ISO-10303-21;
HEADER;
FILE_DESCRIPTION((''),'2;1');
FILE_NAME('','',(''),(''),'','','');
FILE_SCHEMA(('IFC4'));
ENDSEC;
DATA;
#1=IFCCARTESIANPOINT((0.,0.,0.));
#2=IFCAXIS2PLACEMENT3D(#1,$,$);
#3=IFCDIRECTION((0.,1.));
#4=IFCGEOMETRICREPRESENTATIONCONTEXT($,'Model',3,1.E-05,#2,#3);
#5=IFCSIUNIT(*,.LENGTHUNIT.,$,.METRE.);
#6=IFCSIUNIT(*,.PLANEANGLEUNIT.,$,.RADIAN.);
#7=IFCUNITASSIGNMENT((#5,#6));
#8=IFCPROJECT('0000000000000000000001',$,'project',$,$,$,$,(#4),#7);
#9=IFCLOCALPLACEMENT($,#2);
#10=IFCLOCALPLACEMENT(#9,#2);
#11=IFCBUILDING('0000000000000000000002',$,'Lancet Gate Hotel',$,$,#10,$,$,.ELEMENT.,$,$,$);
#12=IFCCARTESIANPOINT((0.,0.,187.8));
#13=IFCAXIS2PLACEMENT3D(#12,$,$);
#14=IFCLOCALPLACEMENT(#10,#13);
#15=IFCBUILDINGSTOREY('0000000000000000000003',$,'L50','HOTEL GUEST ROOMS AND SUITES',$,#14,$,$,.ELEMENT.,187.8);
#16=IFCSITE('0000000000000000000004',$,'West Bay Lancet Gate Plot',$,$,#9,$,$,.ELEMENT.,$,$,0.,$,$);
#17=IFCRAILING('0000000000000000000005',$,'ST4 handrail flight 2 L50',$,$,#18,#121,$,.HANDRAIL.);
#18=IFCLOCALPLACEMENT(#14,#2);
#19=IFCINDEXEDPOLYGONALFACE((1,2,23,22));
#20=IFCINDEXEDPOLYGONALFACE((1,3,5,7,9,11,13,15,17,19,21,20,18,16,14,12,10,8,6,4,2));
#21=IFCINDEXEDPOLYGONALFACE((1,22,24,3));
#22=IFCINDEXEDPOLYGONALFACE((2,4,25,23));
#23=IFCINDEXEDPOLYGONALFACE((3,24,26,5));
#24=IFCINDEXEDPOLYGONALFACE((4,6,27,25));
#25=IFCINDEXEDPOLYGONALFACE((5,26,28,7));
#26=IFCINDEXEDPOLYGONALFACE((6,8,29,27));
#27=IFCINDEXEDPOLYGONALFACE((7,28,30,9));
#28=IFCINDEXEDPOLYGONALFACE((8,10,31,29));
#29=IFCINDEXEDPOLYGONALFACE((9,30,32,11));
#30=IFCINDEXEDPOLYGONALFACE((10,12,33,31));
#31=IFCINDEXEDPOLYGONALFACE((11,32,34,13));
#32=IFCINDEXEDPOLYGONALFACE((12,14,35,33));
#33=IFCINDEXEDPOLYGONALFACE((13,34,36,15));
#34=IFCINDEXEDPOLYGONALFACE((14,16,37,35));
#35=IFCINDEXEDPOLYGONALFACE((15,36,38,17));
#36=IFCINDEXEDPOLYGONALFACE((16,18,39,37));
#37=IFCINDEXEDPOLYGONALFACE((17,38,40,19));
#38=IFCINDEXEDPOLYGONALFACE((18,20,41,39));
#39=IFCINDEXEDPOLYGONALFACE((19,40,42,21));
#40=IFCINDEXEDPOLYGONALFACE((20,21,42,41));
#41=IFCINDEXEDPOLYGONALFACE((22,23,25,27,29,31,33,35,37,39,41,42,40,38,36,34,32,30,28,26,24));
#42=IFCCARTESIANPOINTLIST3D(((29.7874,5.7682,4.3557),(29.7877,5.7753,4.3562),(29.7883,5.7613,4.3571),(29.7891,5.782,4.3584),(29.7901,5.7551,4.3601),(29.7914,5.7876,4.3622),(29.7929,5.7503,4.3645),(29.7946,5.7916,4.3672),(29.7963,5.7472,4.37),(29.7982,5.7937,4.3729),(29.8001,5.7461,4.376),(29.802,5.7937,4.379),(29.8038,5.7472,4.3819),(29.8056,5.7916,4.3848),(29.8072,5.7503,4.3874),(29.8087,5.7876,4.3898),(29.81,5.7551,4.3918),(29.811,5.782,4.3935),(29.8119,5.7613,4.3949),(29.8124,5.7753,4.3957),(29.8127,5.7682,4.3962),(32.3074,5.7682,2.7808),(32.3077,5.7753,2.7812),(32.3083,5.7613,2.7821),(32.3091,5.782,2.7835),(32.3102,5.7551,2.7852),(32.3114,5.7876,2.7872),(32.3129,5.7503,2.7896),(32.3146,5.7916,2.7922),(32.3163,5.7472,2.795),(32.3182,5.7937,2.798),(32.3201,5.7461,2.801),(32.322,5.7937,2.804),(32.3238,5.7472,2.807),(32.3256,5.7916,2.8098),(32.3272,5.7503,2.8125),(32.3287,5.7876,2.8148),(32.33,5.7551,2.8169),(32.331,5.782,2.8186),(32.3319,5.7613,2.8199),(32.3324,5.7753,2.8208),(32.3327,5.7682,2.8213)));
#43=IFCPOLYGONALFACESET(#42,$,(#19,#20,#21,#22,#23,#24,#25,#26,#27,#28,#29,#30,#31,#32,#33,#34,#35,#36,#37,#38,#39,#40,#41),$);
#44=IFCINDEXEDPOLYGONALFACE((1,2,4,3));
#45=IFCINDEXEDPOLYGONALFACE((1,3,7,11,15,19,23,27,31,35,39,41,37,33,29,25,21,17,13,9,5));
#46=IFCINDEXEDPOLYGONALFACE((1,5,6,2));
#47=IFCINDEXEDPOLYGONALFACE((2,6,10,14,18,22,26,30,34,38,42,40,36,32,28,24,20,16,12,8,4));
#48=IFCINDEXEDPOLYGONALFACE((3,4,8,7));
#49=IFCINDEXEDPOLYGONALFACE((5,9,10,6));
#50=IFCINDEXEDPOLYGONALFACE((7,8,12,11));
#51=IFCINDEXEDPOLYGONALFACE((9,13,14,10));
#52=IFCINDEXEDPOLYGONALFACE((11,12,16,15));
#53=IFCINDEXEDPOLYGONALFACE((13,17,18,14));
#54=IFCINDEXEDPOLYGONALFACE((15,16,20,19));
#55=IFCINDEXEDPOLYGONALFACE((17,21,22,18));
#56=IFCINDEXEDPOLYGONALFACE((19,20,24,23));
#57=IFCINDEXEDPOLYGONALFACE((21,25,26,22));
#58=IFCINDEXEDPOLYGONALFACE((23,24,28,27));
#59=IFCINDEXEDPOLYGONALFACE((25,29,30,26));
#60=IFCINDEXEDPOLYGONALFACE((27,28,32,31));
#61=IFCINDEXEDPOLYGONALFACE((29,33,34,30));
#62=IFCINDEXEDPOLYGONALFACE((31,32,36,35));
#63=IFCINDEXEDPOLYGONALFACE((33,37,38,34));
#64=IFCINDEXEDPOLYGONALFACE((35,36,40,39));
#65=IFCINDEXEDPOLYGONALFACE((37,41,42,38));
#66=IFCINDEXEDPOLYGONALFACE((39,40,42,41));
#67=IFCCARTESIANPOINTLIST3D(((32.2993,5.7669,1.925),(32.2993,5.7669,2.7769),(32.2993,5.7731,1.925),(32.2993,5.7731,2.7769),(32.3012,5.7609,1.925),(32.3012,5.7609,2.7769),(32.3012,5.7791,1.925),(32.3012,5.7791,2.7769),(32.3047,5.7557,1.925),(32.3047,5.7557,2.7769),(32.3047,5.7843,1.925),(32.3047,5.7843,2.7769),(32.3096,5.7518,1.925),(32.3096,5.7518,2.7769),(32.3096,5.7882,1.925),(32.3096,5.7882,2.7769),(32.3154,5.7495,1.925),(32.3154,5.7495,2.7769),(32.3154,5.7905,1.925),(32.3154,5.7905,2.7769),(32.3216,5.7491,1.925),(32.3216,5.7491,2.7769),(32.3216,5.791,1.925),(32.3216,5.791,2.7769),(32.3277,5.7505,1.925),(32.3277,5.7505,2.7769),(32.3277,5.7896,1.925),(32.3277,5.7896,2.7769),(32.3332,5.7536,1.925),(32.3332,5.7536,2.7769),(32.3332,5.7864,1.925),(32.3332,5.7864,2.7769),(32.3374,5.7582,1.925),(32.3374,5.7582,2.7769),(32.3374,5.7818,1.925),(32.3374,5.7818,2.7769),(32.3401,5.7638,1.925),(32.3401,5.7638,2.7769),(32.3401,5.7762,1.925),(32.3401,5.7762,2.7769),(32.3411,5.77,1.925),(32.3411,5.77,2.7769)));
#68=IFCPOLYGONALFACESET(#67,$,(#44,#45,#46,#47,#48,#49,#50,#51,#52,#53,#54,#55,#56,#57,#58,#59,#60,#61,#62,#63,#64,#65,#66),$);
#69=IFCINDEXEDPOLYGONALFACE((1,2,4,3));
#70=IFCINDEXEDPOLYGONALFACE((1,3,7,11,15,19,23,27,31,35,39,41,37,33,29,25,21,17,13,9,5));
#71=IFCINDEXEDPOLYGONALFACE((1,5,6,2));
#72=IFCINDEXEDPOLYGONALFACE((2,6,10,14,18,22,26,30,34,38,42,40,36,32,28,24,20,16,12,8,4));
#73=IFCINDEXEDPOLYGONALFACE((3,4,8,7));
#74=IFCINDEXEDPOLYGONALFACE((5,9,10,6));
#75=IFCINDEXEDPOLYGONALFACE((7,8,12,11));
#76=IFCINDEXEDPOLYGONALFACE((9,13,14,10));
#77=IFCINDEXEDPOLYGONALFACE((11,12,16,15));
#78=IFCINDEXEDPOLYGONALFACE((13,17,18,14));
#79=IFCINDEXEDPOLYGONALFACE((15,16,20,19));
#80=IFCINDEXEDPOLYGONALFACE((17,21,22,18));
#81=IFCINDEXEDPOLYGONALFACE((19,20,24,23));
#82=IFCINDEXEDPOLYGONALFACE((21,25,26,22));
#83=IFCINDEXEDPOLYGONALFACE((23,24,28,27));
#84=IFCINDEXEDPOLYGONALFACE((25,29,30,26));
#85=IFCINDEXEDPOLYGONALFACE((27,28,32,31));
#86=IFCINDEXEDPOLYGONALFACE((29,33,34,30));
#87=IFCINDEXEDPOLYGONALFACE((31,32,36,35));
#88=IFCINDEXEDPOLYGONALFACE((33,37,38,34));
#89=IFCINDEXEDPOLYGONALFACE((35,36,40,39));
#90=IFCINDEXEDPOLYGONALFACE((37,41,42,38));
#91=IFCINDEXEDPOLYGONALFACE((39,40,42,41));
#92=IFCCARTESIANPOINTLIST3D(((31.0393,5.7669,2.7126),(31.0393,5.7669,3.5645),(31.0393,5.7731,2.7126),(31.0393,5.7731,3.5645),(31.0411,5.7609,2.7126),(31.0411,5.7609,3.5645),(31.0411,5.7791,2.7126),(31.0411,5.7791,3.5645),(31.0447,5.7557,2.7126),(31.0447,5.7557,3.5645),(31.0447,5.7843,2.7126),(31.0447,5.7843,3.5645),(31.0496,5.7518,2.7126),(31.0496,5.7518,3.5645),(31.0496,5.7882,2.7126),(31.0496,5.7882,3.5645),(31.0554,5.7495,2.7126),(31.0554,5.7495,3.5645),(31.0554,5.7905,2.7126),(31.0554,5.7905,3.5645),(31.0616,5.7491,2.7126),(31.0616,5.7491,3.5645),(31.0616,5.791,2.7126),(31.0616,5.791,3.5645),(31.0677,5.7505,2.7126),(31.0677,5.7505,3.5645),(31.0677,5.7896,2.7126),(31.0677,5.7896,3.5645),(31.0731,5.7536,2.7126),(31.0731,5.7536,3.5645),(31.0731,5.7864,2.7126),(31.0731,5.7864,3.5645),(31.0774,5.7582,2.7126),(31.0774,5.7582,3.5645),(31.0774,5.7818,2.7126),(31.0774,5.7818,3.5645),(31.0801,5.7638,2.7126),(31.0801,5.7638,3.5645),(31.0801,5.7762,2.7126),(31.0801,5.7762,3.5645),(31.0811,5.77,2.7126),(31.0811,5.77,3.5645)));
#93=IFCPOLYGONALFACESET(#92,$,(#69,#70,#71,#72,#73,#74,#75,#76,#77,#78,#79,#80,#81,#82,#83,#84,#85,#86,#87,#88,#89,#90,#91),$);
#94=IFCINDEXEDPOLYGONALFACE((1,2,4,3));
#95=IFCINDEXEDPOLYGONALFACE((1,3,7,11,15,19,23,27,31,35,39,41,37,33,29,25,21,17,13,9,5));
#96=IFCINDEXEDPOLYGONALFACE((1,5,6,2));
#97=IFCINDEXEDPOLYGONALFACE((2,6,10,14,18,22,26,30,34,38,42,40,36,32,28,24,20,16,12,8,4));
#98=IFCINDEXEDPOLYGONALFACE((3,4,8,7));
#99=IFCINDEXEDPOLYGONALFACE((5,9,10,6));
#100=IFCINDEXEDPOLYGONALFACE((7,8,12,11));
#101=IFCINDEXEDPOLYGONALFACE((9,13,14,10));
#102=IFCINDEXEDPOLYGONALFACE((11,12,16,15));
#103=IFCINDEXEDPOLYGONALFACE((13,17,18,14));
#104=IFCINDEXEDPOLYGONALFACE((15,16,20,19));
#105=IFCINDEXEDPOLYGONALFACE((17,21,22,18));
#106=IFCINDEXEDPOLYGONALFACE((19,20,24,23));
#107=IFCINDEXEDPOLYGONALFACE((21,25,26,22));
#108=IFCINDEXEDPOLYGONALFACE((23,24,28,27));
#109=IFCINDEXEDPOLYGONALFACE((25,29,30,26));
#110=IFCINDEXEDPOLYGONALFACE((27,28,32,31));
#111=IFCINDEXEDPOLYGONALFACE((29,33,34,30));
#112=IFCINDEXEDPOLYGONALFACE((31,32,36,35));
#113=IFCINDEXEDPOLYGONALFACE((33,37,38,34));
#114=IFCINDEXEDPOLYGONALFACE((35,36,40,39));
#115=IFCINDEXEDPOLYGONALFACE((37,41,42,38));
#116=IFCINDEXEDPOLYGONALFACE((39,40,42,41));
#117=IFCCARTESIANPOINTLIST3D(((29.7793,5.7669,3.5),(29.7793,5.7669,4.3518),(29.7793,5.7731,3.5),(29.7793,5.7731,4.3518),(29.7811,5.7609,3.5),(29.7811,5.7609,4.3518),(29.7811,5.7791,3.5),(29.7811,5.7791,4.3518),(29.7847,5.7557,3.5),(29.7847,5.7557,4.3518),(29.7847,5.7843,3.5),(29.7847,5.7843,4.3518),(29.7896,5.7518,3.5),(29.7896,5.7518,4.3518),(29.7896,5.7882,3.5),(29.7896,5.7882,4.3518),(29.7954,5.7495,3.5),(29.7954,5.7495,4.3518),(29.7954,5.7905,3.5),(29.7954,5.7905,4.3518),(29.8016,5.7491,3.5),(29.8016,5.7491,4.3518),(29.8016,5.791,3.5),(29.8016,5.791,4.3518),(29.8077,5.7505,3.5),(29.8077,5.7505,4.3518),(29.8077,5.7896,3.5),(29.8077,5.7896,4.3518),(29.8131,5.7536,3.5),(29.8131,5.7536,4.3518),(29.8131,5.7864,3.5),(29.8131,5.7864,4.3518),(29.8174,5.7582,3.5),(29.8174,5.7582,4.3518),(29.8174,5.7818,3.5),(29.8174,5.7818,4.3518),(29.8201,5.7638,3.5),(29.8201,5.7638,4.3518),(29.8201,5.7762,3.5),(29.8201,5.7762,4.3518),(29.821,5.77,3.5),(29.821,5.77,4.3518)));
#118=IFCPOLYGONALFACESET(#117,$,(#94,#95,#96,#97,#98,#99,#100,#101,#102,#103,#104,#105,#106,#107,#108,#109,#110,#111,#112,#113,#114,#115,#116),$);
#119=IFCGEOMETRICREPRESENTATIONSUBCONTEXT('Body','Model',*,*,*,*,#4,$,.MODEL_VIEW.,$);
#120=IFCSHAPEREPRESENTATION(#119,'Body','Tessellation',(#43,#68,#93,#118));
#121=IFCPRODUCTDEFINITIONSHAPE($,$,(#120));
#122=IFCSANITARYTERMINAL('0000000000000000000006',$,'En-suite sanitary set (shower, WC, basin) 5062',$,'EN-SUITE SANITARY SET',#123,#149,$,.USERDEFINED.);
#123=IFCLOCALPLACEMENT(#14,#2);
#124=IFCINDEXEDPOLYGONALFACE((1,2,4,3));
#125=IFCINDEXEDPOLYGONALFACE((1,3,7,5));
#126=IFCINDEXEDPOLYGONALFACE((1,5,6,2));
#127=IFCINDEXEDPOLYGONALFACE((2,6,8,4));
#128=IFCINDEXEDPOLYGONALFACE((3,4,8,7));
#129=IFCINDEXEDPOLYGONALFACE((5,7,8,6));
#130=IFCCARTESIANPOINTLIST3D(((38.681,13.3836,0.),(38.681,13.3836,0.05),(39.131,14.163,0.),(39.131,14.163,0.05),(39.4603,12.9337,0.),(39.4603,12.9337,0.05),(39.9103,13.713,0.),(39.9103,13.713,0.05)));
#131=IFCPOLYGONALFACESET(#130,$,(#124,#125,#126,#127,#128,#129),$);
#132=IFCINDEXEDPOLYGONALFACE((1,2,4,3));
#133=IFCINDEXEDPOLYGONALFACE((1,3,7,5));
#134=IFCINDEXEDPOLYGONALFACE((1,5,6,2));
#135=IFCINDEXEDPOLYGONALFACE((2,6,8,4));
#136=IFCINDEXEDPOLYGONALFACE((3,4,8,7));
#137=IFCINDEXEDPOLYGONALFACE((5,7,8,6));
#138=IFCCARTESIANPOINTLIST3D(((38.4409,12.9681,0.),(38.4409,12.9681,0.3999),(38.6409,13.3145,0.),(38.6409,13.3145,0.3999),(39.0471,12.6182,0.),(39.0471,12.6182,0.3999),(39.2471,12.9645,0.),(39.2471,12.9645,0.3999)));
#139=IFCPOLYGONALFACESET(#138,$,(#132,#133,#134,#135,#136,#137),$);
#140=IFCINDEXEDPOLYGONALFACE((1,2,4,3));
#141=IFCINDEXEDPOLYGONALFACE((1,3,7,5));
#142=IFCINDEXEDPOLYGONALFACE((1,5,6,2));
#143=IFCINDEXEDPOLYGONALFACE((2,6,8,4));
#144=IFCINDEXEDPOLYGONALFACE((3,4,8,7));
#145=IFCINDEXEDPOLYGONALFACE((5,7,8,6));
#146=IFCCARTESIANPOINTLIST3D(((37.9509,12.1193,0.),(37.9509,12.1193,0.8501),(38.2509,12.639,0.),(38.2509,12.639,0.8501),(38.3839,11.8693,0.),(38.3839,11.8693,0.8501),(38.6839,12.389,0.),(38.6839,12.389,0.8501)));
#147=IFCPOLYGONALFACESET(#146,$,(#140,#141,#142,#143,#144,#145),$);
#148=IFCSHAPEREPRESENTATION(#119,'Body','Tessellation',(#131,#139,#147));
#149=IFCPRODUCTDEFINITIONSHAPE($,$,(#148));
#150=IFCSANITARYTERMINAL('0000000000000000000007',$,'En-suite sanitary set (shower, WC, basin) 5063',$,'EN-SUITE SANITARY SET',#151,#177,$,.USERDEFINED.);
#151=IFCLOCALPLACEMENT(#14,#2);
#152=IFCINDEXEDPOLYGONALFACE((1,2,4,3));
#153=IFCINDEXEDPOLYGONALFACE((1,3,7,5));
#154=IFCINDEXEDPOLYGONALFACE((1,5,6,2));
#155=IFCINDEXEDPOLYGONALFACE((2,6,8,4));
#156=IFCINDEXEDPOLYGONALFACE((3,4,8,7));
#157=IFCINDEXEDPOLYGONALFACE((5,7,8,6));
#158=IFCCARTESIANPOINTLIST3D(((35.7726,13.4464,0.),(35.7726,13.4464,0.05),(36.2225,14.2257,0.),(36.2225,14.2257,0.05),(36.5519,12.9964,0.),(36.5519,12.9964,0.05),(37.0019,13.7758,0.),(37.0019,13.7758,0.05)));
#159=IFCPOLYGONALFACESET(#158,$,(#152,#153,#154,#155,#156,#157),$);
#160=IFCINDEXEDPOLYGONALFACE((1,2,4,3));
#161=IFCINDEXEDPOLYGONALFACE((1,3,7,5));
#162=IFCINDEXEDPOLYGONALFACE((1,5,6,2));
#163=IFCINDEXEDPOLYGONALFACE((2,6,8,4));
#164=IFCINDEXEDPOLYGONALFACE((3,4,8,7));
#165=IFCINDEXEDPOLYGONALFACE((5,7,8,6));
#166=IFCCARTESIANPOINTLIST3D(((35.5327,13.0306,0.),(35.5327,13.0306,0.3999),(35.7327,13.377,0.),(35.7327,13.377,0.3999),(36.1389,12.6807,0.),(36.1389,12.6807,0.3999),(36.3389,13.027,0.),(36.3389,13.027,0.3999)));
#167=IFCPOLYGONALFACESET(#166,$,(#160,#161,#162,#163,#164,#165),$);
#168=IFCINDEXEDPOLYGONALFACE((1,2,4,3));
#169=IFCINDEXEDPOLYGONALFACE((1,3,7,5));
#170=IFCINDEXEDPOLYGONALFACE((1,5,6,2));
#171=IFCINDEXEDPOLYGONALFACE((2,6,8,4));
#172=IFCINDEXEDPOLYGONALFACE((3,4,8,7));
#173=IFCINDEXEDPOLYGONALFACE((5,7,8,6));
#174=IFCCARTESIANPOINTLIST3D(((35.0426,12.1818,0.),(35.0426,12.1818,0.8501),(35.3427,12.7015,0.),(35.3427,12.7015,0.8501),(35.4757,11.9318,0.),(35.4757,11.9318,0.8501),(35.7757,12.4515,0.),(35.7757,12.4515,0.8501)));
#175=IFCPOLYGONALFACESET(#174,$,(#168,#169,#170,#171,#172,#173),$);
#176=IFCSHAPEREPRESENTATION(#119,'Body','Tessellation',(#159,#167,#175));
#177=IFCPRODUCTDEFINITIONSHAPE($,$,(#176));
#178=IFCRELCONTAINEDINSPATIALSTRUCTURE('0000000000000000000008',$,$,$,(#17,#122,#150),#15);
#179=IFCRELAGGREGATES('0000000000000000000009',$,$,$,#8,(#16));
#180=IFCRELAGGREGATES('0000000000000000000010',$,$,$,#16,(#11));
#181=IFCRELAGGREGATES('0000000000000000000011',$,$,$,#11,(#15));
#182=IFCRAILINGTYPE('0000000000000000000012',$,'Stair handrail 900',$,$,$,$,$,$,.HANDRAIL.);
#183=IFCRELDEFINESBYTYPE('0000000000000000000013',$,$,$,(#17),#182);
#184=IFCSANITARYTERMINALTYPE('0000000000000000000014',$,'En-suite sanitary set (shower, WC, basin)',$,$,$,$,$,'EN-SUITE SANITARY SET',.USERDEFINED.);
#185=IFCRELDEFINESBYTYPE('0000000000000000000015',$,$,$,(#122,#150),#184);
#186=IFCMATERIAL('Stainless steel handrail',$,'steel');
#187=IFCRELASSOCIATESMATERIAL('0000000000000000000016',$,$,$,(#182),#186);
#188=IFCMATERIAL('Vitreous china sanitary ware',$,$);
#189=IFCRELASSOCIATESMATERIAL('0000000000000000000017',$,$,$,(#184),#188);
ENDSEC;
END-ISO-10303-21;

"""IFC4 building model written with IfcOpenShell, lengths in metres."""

from ifc_helpers import new_model, si_unit, direction, frame, origin, origin_2d, place, context, subcontext, project, spatial, rectangle, circle, extrude, material, type_object, element, save


model = new_model("IFC4")

# Units and contexts
model_context = context("Model", 3, precision=1e-05, world=origin(), true_north=direction((0.0, 1.0)))
body_context = subcontext(model_context, "Body", "Model", "MODEL_VIEW")
ifc_project = project(units=[si_unit("LENGTHUNIT", "METRE"), si_unit("PLANEANGLEUNIT", "RADIAN")], contexts=[model_context])

# Site, building, storey
site_placement = place(None, origin())
site = spatial("IfcSite", under=ifc_project, at=site_placement, Name="West Bay Lancet Gate Plot", CompositionType="ELEMENT", RefElevation=0.0)
building_placement = place(site_placement, origin())
building = spatial("IfcBuilding", under=site, at=building_placement, Name="Lancet Gate Hotel", CompositionType="ELEMENT")
storey_placement = place(building_placement, frame((0.0, 0.0, 187.8)))
storey = spatial("IfcBuildingStorey", under=building, at=storey_placement, Name="L50", Description="HOTEL GUEST ROOMS AND SUITES", CompositionType="ELEMENT", Elevation=187.8)

# Railing
ifc_material_1 = material(Name="Stainless steel handrail", Category="steel")
railing_type = type_object("IfcRailingType", Name="Stair handrail 900", PredefinedType="HANDRAIL", material=ifc_material_1)
railing_placement = place(storey_placement, frame((32.3201, 5.77, 1.925)))
element("IfcRailing", 1, at=railing_placement, inside=storey, type_object=railing_type, Name="ST4 handrail flight 2 L50", PredefinedType="HANDRAIL", context=body_context, shape_type="SweptSolid", body=[
    extrude(circle(Radius=0.0239, at=origin_2d()), frame((0.0, 0.0, 0.876), z_axis=(-0.848008, 0.0, 0.529984), x_axis=(0.0, -1.0, 0.0)), (0.0, 0.0, 1.0), 2.9717),
    extrude(circle(Radius=0.021, at=origin_2d()), origin(), (0.0, 0.0, 1.0), 0.8518),
    extrude(circle(Radius=0.021, at=origin_2d()), frame((-1.26, 0.0, 0.7876)), (0.0, 0.0, 1.0), 0.8518),
    extrude(circle(Radius=0.021, at=origin_2d()), frame((-2.52, 0.0, 1.575)), (0.0, 0.0, 1.0), 0.8518),
])

# Sanitary terminals
ifc_material_2 = material(Name="Vitreous china sanitary ware")
sanitary_terminal_type = type_object("IfcSanitaryTerminalType", Name="En-suite sanitary set (shower, WC, basin)", ElementType="EN-SUITE SANITARY SET", PredefinedType="USERDEFINED", material=ifc_material_2)
sanitary_terminal_1_placement = place(storey_placement, frame((39.2957, 13.5483, 0.0), z_axis=(0.0, 0.0, 1.0), x_axis=(1.0, 0.0, 0.0)))
element("IfcSanitaryTerminal", 2, at=sanitary_terminal_1_placement, inside=storey, type_object=sanitary_terminal_type, Name="En-suite sanitary set (shower, WC, basin) 5062", ObjectType="EN-SUITE SANITARY SET", PredefinedType="USERDEFINED", context=body_context, shape_type="SweptSolid", body=[
    extrude(rectangle(XDim=0.8999, YDim=0.8999, at=origin_2d()), frame((0.0, 0.0, 0.0), z_axis=(0.0, 0.0, 1.0), x_axis=(0.5, 0.866025, 0.0)), (0.0, 0.0, 1.0), 0.05),
    extrude(rectangle(XDim=0.3999, YDim=0.7, at=origin_2d()), frame((-0.4517, -0.582, 0.0), z_axis=(0.0, 0.0, 1.0), x_axis=(0.5, 0.866025, 0.0)), (0.0, 0.0, 1.0), 0.3999),
    extrude(rectangle(XDim=0.6001, YDim=0.5, at=origin_2d()), frame((-0.9783, -1.2942, 0.0), z_axis=(0.0, 0.0, 1.0), x_axis=(0.5, 0.866025, 0.0)), (0.0, 0.0, 1.0), 0.8501),
])
sanitary_terminal_2_placement = place(storey_placement, frame((36.3872, 13.6111, 0.0), z_axis=(0.0, 0.0, 1.0), x_axis=(1.0, 0.0, 0.0)))
element("IfcSanitaryTerminal", 3, at=sanitary_terminal_2_placement, inside=storey, type_object=sanitary_terminal_type, Name="En-suite sanitary set (shower, WC, basin) 5063", ObjectType="EN-SUITE SANITARY SET", PredefinedType="USERDEFINED", context=body_context, shape_type="SweptSolid", body=[
    extrude(rectangle(XDim=0.8999, YDim=0.8999, at=origin_2d()), frame((0.0, 0.0, 0.0), z_axis=(0.0, 0.0, 1.0), x_axis=(0.5, 0.866025, 0.0)), (0.0, 0.0, 1.0), 0.05),
    extrude(rectangle(XDim=0.3999, YDim=0.7, at=origin_2d()), frame((-0.4514, -0.5823, 0.0), z_axis=(0.0, 0.0, 1.0), x_axis=(0.5, 0.866025, 0.0)), (0.0, 0.0, 1.0), 0.3999),
    extrude(rectangle(XDim=0.6001, YDim=0.5, at=origin_2d()), frame((-0.978, -1.2944, 0.0), z_axis=(0.0, 0.0, 1.0), x_axis=(0.5, 0.866025, 0.0)), (0.0, 0.0, 1.0), 0.8501),
])

save(model, "model.ifc")
